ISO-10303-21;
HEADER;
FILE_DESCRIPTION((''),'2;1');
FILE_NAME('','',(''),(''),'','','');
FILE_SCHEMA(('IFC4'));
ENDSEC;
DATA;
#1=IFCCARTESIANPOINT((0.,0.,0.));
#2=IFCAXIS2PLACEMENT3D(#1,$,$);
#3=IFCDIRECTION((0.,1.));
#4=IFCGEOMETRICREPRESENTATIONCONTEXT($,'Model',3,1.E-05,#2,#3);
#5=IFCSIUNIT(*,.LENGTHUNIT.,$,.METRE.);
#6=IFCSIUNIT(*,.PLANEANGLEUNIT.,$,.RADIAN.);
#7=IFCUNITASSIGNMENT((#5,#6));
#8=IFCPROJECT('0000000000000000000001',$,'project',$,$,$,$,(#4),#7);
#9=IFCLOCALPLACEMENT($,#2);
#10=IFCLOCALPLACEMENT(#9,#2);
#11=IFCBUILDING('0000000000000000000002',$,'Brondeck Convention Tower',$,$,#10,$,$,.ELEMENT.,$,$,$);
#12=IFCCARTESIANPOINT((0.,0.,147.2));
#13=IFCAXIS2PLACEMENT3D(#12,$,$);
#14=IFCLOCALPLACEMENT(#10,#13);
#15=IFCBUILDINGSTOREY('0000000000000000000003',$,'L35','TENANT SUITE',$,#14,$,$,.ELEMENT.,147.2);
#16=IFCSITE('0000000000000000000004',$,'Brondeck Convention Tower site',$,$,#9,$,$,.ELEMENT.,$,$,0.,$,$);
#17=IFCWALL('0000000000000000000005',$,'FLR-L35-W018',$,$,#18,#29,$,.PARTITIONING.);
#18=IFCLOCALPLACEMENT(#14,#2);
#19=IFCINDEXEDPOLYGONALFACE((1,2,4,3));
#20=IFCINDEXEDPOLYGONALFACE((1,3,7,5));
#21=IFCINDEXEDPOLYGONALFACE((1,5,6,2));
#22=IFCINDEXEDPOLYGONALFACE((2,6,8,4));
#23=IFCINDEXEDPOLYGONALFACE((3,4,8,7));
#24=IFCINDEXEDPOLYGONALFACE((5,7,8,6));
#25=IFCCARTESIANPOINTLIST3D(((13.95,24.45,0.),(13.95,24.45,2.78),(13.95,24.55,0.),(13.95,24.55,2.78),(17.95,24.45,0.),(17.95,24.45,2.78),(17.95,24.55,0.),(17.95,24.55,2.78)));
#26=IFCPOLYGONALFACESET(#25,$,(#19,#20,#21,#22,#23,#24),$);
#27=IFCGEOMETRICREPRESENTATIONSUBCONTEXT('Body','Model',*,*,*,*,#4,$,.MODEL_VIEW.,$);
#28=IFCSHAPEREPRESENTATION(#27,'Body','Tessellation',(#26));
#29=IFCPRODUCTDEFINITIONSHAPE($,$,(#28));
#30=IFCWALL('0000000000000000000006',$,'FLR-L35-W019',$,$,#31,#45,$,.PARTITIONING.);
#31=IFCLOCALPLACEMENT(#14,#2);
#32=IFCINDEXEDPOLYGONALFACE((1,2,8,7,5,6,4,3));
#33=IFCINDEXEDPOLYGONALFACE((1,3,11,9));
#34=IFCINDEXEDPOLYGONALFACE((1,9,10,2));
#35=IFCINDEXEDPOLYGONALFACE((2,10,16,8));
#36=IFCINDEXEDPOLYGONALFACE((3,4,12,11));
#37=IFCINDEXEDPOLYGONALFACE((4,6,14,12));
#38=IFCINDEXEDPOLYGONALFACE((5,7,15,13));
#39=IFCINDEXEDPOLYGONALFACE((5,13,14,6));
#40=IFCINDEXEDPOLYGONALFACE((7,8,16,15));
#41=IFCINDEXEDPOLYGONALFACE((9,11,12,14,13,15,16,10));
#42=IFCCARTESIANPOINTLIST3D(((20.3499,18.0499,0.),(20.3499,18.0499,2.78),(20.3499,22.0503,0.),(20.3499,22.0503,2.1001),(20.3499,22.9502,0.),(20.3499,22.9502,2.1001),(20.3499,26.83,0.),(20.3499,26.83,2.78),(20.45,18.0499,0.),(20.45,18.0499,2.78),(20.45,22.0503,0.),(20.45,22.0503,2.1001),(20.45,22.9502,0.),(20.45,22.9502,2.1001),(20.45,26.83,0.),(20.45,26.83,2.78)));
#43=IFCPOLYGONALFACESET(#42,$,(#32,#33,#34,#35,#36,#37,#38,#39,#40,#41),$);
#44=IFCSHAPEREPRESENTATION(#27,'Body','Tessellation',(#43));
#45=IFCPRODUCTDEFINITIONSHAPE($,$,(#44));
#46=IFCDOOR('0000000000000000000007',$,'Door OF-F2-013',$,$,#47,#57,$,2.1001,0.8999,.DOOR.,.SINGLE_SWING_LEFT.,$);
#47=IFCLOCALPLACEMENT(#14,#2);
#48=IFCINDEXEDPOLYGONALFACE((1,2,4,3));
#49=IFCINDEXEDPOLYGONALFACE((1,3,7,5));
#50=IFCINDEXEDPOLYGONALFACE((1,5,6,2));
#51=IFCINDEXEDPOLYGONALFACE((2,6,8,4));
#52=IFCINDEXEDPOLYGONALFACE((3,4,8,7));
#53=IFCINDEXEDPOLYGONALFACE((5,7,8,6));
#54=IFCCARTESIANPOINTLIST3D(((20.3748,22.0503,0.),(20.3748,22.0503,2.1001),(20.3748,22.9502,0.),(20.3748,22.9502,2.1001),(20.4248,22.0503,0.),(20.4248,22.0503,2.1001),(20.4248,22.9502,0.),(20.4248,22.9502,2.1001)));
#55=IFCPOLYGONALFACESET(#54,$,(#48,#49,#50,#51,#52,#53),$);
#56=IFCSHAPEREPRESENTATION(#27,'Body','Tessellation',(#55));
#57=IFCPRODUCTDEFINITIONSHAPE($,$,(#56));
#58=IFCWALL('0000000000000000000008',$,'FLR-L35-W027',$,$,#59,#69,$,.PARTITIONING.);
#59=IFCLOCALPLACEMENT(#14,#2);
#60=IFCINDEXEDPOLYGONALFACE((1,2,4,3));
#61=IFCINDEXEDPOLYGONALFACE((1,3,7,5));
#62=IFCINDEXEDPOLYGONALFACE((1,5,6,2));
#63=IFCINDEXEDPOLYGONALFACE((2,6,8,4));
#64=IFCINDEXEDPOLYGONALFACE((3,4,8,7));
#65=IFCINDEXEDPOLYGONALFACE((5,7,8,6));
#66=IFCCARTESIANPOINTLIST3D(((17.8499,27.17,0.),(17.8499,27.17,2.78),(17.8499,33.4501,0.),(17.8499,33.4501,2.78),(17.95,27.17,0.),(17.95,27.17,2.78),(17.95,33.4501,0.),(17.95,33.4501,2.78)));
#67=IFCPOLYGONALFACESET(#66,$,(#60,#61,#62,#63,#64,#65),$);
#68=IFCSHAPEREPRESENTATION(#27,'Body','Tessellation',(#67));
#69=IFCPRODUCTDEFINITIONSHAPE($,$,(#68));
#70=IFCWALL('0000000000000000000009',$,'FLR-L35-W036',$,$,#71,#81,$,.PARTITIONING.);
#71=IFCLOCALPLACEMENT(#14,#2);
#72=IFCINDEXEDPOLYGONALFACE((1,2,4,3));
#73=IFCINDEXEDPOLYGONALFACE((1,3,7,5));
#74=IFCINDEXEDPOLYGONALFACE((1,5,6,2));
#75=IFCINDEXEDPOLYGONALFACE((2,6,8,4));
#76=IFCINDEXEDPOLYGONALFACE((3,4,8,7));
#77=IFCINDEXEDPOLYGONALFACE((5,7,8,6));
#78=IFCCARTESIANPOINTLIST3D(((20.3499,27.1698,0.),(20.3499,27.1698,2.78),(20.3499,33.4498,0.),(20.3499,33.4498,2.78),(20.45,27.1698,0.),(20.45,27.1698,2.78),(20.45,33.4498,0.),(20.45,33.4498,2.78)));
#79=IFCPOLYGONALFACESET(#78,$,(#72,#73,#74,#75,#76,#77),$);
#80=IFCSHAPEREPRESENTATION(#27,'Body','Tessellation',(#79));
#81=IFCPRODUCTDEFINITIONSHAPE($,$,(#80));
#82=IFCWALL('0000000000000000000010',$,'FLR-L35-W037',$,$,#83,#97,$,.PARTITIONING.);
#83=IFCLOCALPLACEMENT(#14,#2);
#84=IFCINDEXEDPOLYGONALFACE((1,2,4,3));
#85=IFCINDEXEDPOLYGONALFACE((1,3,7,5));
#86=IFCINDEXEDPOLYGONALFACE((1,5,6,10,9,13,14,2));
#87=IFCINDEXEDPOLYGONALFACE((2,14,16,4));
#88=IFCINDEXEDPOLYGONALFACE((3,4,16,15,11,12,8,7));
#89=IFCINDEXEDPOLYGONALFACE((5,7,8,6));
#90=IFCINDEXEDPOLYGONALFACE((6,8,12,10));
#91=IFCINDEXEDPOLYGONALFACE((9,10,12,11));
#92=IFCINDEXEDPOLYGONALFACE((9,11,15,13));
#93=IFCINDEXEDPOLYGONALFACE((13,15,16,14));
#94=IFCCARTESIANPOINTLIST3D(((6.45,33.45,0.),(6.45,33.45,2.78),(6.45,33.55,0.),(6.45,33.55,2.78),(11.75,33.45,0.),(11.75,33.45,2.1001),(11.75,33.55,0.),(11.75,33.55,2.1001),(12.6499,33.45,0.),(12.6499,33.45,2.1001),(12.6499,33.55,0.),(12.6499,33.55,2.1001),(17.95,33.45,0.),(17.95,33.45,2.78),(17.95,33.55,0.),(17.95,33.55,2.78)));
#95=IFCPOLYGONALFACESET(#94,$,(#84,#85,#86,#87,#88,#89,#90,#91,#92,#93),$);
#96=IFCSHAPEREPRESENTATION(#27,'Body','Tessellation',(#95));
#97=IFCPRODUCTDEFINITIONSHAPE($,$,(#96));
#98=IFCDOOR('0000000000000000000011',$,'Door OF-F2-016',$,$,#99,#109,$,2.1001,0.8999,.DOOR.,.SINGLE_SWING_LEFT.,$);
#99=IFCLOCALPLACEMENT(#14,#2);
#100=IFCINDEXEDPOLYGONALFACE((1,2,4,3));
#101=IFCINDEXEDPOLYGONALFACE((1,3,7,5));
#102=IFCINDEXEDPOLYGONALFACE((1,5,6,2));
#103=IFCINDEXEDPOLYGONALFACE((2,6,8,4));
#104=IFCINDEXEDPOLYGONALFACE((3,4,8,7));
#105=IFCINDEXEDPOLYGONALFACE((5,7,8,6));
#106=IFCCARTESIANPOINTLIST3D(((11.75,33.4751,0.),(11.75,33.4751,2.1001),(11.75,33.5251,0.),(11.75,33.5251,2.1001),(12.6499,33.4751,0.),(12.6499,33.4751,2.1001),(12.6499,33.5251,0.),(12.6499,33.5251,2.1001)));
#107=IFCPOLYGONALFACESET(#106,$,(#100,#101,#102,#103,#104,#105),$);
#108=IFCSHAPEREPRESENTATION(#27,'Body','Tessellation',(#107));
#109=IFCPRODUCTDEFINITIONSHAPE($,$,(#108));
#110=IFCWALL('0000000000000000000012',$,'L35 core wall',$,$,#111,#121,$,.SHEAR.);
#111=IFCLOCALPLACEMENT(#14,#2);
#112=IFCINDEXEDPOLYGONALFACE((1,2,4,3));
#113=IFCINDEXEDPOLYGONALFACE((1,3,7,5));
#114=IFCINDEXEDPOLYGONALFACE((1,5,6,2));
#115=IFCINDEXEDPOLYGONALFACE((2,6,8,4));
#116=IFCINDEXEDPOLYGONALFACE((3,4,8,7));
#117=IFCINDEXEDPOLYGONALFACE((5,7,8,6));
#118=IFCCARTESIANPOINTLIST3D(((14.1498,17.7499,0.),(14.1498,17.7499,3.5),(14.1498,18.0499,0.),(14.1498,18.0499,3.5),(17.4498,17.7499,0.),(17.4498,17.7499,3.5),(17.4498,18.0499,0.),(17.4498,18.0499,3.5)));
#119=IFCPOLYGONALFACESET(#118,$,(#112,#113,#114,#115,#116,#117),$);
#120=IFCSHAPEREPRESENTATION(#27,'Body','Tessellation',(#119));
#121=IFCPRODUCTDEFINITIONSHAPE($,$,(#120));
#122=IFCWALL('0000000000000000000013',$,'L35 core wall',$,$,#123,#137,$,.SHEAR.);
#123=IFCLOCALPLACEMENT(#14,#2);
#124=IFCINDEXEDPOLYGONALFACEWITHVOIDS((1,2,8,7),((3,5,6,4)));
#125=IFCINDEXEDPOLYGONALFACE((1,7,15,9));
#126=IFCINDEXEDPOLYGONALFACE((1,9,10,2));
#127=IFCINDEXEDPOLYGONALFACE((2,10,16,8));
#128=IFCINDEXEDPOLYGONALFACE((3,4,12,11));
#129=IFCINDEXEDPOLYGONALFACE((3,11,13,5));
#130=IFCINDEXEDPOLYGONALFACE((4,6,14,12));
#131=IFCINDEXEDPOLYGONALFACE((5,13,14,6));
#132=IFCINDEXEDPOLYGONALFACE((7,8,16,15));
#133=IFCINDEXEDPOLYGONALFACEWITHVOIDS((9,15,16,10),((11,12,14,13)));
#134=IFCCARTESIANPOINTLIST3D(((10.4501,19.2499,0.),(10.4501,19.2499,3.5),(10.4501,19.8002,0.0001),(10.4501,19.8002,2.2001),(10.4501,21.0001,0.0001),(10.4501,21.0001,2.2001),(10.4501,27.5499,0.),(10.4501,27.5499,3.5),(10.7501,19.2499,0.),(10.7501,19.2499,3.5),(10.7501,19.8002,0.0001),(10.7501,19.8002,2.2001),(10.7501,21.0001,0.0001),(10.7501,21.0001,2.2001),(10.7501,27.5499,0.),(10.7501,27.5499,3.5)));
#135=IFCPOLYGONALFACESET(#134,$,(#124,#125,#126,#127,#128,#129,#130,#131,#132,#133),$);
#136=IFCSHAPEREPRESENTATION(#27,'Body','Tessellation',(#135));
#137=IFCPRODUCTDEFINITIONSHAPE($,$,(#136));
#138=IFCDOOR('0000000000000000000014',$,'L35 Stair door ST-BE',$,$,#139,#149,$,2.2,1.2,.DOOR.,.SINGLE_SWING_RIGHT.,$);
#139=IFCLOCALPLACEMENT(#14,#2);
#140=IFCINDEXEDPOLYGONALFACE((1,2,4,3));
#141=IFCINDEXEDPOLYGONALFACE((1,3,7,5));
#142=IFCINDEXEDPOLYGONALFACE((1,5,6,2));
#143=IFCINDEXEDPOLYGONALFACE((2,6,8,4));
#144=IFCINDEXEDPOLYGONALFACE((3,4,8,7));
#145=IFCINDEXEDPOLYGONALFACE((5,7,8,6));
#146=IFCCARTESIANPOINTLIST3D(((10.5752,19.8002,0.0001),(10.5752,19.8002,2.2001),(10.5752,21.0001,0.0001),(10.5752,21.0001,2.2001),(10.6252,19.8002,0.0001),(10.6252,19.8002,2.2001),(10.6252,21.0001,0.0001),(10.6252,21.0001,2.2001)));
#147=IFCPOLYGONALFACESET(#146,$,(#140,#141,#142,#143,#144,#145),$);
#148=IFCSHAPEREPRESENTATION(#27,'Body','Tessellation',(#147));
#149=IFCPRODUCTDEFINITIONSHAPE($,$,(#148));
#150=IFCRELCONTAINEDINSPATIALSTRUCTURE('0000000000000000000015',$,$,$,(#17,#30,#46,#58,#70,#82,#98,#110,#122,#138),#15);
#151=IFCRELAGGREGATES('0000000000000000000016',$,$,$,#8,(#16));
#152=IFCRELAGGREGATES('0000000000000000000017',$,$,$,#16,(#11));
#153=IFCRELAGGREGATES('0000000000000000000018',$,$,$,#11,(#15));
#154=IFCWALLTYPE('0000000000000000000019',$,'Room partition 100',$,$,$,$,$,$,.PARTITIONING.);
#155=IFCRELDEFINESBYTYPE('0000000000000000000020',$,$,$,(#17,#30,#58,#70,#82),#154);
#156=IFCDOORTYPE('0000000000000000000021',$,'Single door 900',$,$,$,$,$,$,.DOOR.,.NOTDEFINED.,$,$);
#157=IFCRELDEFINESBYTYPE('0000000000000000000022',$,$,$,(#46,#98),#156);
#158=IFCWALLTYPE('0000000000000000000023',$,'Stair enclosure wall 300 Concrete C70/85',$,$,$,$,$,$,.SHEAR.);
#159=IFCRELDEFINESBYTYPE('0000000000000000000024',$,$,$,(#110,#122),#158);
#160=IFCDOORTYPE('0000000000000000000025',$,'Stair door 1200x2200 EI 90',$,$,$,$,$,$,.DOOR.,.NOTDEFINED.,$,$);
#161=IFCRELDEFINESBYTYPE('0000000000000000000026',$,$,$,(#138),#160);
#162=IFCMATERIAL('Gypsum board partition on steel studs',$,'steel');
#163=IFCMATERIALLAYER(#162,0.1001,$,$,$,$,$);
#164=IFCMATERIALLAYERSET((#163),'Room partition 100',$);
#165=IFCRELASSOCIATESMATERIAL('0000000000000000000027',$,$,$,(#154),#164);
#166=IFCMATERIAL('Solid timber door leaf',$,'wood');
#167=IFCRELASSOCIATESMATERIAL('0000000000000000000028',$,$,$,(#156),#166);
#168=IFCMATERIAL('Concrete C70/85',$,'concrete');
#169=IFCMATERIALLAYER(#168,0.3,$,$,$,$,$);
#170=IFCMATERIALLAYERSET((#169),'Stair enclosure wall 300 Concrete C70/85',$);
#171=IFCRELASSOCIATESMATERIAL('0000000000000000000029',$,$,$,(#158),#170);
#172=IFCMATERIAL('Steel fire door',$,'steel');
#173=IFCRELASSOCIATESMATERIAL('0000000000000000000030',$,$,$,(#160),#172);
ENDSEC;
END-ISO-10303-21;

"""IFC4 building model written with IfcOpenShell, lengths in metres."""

from ifc_helpers import new_model, si_unit, direction, frame, frame_2d, origin, place, context, subcontext, project, spatial, rectangle, extrude, material, layer, layer_set, type_object, element, fill, save


model = new_model("IFC4")

# Units and contexts
model_context = context("Model", 3, precision=1e-05, world=origin(), true_north=direction((0.0, 1.0)))
body_context = subcontext(model_context, "Body", "Model", "MODEL_VIEW")
ifc_project = project(units=[si_unit("LENGTHUNIT", "METRE"), si_unit("PLANEANGLEUNIT", "RADIAN")], contexts=[model_context])

# Site, building, storey
site_placement = place(None, origin())
site = spatial("IfcSite", under=ifc_project, at=site_placement, Name="Brondeck Convention Tower site", CompositionType="ELEMENT", RefElevation=0.0)
building_placement = place(site_placement, origin())
building = spatial("IfcBuilding", under=site, at=building_placement, Name="Brondeck Convention Tower", CompositionType="ELEMENT")
storey_placement = place(building_placement, frame((0.0, 0.0, 147.2)))
storey = spatial("IfcBuildingStorey", under=building, at=storey_placement, Name="L35", Description="TENANT SUITE", CompositionType="ELEMENT", Elevation=147.2)

# Shared definitions
ifc_material_1 = material(Name="Concrete C70/85", Category="concrete")

# Shared definitions
ifc_material_2 = material(Name="Gypsum board partition on steel studs", Category="steel")
ifc_layer_1 = layer(ifc_material_2, 0.1001)
ifc_layer_set_1 = layer_set([ifc_layer_1], Name="Room partition 100")
wall_type_1 = type_object("IfcWallType", Name="Room partition 100", PredefinedType="PARTITIONING", material=ifc_layer_set_1)

# Shared definitions
ifc_material_3 = material(Name="Solid timber door leaf", Category="wood")
door_type_1 = type_object("IfcDoorType", Name="Single door 900", OperationType="NOTDEFINED", PredefinedType="DOOR", material=ifc_material_3)

# Wall
wall_1_placement = place(storey_placement, frame((17.95, 24.5, 0.0), z_axis=(0.0, 0.0, 1.0), x_axis=(-1.0, 0.0, 0.0)))
element("IfcWall", 1, at=wall_1_placement, inside=storey, type_object=wall_type_1, Name="FLR-L35-W018", PredefinedType="PARTITIONING", context=body_context, shape_type="SweptSolid", body=[
    extrude(rectangle(XDim=4.0, YDim=0.1001, at=frame_2d((2.0, 0.0))), origin(), (0.0, 0.0, 1.0), 2.78),
])

# Wall, opening, door
wall_2_placement = place(storey_placement, frame((20.3999, 26.8301, 0.0), z_axis=(0.0, 0.0, 1.0), x_axis=(0.0, -1.0, 0.0)))
wall_2 = element("IfcWall", 2, at=wall_2_placement, inside=storey, type_object=wall_type_1, Name="FLR-L35-W019", PredefinedType="PARTITIONING", context=body_context, shape_type="SweptSolid", body=[
    extrude(rectangle(XDim=8.78, YDim=0.1001, at=frame_2d((4.3901, 0.0))), origin(), (0.0, 0.0, 1.0), 2.78),
])
opening_1_placement = place(wall_2_placement, frame((3.8799, 0.0, 0.0)))
opening_1 = element("IfcOpeningElement", 3, at=opening_1_placement, cuts=wall_2, PredefinedType="OPENING", context=body_context, shape_type="SweptSolid", body=[
    extrude(rectangle(XDim=0.8999, YDim=2.1001, at=frame_2d((0.45, 1.05))), frame((0.0, 0.0601, 0.0), z_axis=(0.0, -1.0, 0.0), x_axis=(1.0, 0.0, 0.0)), (0.0, 0.0, 1.0), 0.1201),
])
door_1_placement = place(opening_1_placement, origin())
door_1 = element("IfcDoor", 4, at=door_1_placement, inside=storey, type_object=door_type_1, Name="Door OF-F2-013", OperationType="SINGLE_SWING_LEFT", OverallHeight=2.1001, OverallWidth=0.8999, PredefinedType="DOOR", context=body_context, shape_type="SweptSolid", body=[
    extrude(rectangle(XDim=0.8999, YDim=2.1001, at=frame_2d((0.45, 1.05))), frame((0.0, 0.0249, 0.0), z_axis=(0.0, -1.0, 0.0), x_axis=(1.0, 0.0, 0.0)), (0.0, 0.0, 1.0), 0.05),
])
fill(opening_1, door_1)

# Walls
for number, where, z_axis, x_axis, name in (
    (5, (17.8999, 27.1699, 0.0), (0.0, 0.0, 1.0), (0.0, 1.0, 0.0), "FLR-L35-W027"),
    (6, (20.3999, 33.45, 0.0), (0.0, 0.0, 1.0), (0.0, -1.0, 0.0), "FLR-L35-W036"),
):
    element("IfcWall", number, at=place(storey_placement, frame(where, z_axis=z_axis, x_axis=x_axis)), inside=storey, type_object=wall_type_1, Name=name, PredefinedType="PARTITIONING", context=body_context, shape_type="SweptSolid", body=[
        extrude(rectangle(XDim=6.28, YDim=0.1001, at=frame_2d((3.1401, 0.0))), origin(), (0.0, 0.0, 1.0), 2.78),
    ])

# Wall, opening, door
wall_3_placement = place(storey_placement, frame((17.95, 33.5, 0.0), z_axis=(0.0, 0.0, 1.0), x_axis=(-1.0, 0.0, 0.0)))
wall_3 = element("IfcWall", 7, at=wall_3_placement, inside=storey, type_object=wall_type_1, Name="FLR-L35-W037", PredefinedType="PARTITIONING", context=body_context, shape_type="SweptSolid", body=[
    extrude(rectangle(XDim=11.5, YDim=0.1001, at=frame_2d((5.75, 0.0))), origin(), (0.0, 0.0, 1.0), 2.78),
])
opening_2_placement = place(wall_3_placement, frame((5.3, 0.0, 0.0)))
opening_2 = element("IfcOpeningElement", 8, at=opening_2_placement, cuts=wall_3, PredefinedType="OPENING", context=body_context, shape_type="SweptSolid", body=[
    extrude(rectangle(XDim=0.8999, YDim=2.1001, at=frame_2d((0.45, 1.05))), frame((0.0, 0.0601, 0.0), z_axis=(0.0, -1.0, 0.0), x_axis=(1.0, 0.0, 0.0)), (0.0, 0.0, 1.0), 0.1201),
])
door_2_placement = place(opening_2_placement, origin())
door_2 = element("IfcDoor", 9, at=door_2_placement, inside=storey, type_object=door_type_1, Name="Door OF-F2-016", OperationType="SINGLE_SWING_LEFT", OverallHeight=2.1001, OverallWidth=0.8999, PredefinedType="DOOR", context=body_context, shape_type="SweptSolid", body=[
    extrude(rectangle(XDim=0.8999, YDim=2.1001, at=frame_2d((0.45, 1.05))), frame((0.0, 0.0249, 0.0), z_axis=(0.0, -1.0, 0.0), x_axis=(1.0, 0.0, 0.0)), (0.0, 0.0, 1.0), 0.05),
])
fill(opening_2, door_2)

# Wall
ifc_layer_2 = layer(ifc_material_1, 0.3)
ifc_layer_set_2 = layer_set([ifc_layer_2], Name="Stair enclosure wall 300 Concrete C70/85")
wall_type_2 = type_object("IfcWallType", Name="Stair enclosure wall 300 Concrete C70/85", PredefinedType="SHEAR", material=ifc_layer_set_2)
wall_4_placement = place(storey_placement, frame((14.1499, 17.8999, 0.0), z_axis=(0.0, 0.0, 1.0), x_axis=(1.0, 0.0, 0.0)))
element("IfcWall", 10, at=wall_4_placement, inside=storey, type_object=wall_type_2, Name="L35 core wall", PredefinedType="SHEAR", context=body_context, shape_type="SweptSolid", body=[
    extrude(rectangle(XDim=3.3, YDim=0.3, at=frame_2d((1.6499, 0.0))), origin(), (0.0, 0.0, 1.0), 3.5),
])

# Wall, opening, door
wall_5_placement = place(storey_placement, frame((10.6001, 19.25, 0.0), z_axis=(0.0, 0.0, 1.0), x_axis=(0.0, 1.0, 0.0)))
wall_5 = element("IfcWall", 11, at=wall_5_placement, inside=storey, type_object=wall_type_2, Name="L35 core wall", PredefinedType="SHEAR", context=body_context, shape_type="SweptSolid", body=[
    extrude(rectangle(XDim=8.3, YDim=0.3, at=frame_2d((4.1499, 0.0))), origin(), (0.0, 0.0, 1.0), 3.5),
])
opening_3_placement = place(wall_5_placement, frame((0.55, 0.0, 0.0)))
opening_3 = element("IfcOpeningElement", 12, at=opening_3_placement, cuts=wall_5, PredefinedType="OPENING", context=body_context, shape_type="SweptSolid", body=[
    extrude(rectangle(XDim=1.2, YDim=2.2, at=frame_2d((0.6001, 1.1001))), frame((0.0, 0.1599, 0.0), z_axis=(0.0, -1.0, 0.0), x_axis=(1.0, 0.0, 0.0)), (0.0, 0.0, 1.0), 0.3201),
])
ifc_material_4 = material(Name="Steel fire door", Category="steel")
door_type_2 = type_object("IfcDoorType", Name="Stair door 1200x2200 EI 90", OperationType="NOTDEFINED", PredefinedType="DOOR", material=ifc_material_4)
door_3_placement = place(opening_3_placement, origin())
door_3 = element("IfcDoor", 13, at=door_3_placement, inside=storey, type_object=door_type_2, Name="L35 Stair door ST-BE", OperationType="SINGLE_SWING_RIGHT", OverallHeight=2.2, OverallWidth=1.2, PredefinedType="DOOR", context=body_context, shape_type="SweptSolid", body=[
    extrude(rectangle(XDim=1.2, YDim=2.2, at=frame_2d((0.6001, 1.1001))), frame((0.0, 0.0249, 0.0), z_axis=(0.0, -1.0, 0.0), x_axis=(1.0, 0.0, 0.0)), (0.0, 0.0, 1.0), 0.05),
])
fill(opening_3, door_3)

save(model, "model.ifc")
